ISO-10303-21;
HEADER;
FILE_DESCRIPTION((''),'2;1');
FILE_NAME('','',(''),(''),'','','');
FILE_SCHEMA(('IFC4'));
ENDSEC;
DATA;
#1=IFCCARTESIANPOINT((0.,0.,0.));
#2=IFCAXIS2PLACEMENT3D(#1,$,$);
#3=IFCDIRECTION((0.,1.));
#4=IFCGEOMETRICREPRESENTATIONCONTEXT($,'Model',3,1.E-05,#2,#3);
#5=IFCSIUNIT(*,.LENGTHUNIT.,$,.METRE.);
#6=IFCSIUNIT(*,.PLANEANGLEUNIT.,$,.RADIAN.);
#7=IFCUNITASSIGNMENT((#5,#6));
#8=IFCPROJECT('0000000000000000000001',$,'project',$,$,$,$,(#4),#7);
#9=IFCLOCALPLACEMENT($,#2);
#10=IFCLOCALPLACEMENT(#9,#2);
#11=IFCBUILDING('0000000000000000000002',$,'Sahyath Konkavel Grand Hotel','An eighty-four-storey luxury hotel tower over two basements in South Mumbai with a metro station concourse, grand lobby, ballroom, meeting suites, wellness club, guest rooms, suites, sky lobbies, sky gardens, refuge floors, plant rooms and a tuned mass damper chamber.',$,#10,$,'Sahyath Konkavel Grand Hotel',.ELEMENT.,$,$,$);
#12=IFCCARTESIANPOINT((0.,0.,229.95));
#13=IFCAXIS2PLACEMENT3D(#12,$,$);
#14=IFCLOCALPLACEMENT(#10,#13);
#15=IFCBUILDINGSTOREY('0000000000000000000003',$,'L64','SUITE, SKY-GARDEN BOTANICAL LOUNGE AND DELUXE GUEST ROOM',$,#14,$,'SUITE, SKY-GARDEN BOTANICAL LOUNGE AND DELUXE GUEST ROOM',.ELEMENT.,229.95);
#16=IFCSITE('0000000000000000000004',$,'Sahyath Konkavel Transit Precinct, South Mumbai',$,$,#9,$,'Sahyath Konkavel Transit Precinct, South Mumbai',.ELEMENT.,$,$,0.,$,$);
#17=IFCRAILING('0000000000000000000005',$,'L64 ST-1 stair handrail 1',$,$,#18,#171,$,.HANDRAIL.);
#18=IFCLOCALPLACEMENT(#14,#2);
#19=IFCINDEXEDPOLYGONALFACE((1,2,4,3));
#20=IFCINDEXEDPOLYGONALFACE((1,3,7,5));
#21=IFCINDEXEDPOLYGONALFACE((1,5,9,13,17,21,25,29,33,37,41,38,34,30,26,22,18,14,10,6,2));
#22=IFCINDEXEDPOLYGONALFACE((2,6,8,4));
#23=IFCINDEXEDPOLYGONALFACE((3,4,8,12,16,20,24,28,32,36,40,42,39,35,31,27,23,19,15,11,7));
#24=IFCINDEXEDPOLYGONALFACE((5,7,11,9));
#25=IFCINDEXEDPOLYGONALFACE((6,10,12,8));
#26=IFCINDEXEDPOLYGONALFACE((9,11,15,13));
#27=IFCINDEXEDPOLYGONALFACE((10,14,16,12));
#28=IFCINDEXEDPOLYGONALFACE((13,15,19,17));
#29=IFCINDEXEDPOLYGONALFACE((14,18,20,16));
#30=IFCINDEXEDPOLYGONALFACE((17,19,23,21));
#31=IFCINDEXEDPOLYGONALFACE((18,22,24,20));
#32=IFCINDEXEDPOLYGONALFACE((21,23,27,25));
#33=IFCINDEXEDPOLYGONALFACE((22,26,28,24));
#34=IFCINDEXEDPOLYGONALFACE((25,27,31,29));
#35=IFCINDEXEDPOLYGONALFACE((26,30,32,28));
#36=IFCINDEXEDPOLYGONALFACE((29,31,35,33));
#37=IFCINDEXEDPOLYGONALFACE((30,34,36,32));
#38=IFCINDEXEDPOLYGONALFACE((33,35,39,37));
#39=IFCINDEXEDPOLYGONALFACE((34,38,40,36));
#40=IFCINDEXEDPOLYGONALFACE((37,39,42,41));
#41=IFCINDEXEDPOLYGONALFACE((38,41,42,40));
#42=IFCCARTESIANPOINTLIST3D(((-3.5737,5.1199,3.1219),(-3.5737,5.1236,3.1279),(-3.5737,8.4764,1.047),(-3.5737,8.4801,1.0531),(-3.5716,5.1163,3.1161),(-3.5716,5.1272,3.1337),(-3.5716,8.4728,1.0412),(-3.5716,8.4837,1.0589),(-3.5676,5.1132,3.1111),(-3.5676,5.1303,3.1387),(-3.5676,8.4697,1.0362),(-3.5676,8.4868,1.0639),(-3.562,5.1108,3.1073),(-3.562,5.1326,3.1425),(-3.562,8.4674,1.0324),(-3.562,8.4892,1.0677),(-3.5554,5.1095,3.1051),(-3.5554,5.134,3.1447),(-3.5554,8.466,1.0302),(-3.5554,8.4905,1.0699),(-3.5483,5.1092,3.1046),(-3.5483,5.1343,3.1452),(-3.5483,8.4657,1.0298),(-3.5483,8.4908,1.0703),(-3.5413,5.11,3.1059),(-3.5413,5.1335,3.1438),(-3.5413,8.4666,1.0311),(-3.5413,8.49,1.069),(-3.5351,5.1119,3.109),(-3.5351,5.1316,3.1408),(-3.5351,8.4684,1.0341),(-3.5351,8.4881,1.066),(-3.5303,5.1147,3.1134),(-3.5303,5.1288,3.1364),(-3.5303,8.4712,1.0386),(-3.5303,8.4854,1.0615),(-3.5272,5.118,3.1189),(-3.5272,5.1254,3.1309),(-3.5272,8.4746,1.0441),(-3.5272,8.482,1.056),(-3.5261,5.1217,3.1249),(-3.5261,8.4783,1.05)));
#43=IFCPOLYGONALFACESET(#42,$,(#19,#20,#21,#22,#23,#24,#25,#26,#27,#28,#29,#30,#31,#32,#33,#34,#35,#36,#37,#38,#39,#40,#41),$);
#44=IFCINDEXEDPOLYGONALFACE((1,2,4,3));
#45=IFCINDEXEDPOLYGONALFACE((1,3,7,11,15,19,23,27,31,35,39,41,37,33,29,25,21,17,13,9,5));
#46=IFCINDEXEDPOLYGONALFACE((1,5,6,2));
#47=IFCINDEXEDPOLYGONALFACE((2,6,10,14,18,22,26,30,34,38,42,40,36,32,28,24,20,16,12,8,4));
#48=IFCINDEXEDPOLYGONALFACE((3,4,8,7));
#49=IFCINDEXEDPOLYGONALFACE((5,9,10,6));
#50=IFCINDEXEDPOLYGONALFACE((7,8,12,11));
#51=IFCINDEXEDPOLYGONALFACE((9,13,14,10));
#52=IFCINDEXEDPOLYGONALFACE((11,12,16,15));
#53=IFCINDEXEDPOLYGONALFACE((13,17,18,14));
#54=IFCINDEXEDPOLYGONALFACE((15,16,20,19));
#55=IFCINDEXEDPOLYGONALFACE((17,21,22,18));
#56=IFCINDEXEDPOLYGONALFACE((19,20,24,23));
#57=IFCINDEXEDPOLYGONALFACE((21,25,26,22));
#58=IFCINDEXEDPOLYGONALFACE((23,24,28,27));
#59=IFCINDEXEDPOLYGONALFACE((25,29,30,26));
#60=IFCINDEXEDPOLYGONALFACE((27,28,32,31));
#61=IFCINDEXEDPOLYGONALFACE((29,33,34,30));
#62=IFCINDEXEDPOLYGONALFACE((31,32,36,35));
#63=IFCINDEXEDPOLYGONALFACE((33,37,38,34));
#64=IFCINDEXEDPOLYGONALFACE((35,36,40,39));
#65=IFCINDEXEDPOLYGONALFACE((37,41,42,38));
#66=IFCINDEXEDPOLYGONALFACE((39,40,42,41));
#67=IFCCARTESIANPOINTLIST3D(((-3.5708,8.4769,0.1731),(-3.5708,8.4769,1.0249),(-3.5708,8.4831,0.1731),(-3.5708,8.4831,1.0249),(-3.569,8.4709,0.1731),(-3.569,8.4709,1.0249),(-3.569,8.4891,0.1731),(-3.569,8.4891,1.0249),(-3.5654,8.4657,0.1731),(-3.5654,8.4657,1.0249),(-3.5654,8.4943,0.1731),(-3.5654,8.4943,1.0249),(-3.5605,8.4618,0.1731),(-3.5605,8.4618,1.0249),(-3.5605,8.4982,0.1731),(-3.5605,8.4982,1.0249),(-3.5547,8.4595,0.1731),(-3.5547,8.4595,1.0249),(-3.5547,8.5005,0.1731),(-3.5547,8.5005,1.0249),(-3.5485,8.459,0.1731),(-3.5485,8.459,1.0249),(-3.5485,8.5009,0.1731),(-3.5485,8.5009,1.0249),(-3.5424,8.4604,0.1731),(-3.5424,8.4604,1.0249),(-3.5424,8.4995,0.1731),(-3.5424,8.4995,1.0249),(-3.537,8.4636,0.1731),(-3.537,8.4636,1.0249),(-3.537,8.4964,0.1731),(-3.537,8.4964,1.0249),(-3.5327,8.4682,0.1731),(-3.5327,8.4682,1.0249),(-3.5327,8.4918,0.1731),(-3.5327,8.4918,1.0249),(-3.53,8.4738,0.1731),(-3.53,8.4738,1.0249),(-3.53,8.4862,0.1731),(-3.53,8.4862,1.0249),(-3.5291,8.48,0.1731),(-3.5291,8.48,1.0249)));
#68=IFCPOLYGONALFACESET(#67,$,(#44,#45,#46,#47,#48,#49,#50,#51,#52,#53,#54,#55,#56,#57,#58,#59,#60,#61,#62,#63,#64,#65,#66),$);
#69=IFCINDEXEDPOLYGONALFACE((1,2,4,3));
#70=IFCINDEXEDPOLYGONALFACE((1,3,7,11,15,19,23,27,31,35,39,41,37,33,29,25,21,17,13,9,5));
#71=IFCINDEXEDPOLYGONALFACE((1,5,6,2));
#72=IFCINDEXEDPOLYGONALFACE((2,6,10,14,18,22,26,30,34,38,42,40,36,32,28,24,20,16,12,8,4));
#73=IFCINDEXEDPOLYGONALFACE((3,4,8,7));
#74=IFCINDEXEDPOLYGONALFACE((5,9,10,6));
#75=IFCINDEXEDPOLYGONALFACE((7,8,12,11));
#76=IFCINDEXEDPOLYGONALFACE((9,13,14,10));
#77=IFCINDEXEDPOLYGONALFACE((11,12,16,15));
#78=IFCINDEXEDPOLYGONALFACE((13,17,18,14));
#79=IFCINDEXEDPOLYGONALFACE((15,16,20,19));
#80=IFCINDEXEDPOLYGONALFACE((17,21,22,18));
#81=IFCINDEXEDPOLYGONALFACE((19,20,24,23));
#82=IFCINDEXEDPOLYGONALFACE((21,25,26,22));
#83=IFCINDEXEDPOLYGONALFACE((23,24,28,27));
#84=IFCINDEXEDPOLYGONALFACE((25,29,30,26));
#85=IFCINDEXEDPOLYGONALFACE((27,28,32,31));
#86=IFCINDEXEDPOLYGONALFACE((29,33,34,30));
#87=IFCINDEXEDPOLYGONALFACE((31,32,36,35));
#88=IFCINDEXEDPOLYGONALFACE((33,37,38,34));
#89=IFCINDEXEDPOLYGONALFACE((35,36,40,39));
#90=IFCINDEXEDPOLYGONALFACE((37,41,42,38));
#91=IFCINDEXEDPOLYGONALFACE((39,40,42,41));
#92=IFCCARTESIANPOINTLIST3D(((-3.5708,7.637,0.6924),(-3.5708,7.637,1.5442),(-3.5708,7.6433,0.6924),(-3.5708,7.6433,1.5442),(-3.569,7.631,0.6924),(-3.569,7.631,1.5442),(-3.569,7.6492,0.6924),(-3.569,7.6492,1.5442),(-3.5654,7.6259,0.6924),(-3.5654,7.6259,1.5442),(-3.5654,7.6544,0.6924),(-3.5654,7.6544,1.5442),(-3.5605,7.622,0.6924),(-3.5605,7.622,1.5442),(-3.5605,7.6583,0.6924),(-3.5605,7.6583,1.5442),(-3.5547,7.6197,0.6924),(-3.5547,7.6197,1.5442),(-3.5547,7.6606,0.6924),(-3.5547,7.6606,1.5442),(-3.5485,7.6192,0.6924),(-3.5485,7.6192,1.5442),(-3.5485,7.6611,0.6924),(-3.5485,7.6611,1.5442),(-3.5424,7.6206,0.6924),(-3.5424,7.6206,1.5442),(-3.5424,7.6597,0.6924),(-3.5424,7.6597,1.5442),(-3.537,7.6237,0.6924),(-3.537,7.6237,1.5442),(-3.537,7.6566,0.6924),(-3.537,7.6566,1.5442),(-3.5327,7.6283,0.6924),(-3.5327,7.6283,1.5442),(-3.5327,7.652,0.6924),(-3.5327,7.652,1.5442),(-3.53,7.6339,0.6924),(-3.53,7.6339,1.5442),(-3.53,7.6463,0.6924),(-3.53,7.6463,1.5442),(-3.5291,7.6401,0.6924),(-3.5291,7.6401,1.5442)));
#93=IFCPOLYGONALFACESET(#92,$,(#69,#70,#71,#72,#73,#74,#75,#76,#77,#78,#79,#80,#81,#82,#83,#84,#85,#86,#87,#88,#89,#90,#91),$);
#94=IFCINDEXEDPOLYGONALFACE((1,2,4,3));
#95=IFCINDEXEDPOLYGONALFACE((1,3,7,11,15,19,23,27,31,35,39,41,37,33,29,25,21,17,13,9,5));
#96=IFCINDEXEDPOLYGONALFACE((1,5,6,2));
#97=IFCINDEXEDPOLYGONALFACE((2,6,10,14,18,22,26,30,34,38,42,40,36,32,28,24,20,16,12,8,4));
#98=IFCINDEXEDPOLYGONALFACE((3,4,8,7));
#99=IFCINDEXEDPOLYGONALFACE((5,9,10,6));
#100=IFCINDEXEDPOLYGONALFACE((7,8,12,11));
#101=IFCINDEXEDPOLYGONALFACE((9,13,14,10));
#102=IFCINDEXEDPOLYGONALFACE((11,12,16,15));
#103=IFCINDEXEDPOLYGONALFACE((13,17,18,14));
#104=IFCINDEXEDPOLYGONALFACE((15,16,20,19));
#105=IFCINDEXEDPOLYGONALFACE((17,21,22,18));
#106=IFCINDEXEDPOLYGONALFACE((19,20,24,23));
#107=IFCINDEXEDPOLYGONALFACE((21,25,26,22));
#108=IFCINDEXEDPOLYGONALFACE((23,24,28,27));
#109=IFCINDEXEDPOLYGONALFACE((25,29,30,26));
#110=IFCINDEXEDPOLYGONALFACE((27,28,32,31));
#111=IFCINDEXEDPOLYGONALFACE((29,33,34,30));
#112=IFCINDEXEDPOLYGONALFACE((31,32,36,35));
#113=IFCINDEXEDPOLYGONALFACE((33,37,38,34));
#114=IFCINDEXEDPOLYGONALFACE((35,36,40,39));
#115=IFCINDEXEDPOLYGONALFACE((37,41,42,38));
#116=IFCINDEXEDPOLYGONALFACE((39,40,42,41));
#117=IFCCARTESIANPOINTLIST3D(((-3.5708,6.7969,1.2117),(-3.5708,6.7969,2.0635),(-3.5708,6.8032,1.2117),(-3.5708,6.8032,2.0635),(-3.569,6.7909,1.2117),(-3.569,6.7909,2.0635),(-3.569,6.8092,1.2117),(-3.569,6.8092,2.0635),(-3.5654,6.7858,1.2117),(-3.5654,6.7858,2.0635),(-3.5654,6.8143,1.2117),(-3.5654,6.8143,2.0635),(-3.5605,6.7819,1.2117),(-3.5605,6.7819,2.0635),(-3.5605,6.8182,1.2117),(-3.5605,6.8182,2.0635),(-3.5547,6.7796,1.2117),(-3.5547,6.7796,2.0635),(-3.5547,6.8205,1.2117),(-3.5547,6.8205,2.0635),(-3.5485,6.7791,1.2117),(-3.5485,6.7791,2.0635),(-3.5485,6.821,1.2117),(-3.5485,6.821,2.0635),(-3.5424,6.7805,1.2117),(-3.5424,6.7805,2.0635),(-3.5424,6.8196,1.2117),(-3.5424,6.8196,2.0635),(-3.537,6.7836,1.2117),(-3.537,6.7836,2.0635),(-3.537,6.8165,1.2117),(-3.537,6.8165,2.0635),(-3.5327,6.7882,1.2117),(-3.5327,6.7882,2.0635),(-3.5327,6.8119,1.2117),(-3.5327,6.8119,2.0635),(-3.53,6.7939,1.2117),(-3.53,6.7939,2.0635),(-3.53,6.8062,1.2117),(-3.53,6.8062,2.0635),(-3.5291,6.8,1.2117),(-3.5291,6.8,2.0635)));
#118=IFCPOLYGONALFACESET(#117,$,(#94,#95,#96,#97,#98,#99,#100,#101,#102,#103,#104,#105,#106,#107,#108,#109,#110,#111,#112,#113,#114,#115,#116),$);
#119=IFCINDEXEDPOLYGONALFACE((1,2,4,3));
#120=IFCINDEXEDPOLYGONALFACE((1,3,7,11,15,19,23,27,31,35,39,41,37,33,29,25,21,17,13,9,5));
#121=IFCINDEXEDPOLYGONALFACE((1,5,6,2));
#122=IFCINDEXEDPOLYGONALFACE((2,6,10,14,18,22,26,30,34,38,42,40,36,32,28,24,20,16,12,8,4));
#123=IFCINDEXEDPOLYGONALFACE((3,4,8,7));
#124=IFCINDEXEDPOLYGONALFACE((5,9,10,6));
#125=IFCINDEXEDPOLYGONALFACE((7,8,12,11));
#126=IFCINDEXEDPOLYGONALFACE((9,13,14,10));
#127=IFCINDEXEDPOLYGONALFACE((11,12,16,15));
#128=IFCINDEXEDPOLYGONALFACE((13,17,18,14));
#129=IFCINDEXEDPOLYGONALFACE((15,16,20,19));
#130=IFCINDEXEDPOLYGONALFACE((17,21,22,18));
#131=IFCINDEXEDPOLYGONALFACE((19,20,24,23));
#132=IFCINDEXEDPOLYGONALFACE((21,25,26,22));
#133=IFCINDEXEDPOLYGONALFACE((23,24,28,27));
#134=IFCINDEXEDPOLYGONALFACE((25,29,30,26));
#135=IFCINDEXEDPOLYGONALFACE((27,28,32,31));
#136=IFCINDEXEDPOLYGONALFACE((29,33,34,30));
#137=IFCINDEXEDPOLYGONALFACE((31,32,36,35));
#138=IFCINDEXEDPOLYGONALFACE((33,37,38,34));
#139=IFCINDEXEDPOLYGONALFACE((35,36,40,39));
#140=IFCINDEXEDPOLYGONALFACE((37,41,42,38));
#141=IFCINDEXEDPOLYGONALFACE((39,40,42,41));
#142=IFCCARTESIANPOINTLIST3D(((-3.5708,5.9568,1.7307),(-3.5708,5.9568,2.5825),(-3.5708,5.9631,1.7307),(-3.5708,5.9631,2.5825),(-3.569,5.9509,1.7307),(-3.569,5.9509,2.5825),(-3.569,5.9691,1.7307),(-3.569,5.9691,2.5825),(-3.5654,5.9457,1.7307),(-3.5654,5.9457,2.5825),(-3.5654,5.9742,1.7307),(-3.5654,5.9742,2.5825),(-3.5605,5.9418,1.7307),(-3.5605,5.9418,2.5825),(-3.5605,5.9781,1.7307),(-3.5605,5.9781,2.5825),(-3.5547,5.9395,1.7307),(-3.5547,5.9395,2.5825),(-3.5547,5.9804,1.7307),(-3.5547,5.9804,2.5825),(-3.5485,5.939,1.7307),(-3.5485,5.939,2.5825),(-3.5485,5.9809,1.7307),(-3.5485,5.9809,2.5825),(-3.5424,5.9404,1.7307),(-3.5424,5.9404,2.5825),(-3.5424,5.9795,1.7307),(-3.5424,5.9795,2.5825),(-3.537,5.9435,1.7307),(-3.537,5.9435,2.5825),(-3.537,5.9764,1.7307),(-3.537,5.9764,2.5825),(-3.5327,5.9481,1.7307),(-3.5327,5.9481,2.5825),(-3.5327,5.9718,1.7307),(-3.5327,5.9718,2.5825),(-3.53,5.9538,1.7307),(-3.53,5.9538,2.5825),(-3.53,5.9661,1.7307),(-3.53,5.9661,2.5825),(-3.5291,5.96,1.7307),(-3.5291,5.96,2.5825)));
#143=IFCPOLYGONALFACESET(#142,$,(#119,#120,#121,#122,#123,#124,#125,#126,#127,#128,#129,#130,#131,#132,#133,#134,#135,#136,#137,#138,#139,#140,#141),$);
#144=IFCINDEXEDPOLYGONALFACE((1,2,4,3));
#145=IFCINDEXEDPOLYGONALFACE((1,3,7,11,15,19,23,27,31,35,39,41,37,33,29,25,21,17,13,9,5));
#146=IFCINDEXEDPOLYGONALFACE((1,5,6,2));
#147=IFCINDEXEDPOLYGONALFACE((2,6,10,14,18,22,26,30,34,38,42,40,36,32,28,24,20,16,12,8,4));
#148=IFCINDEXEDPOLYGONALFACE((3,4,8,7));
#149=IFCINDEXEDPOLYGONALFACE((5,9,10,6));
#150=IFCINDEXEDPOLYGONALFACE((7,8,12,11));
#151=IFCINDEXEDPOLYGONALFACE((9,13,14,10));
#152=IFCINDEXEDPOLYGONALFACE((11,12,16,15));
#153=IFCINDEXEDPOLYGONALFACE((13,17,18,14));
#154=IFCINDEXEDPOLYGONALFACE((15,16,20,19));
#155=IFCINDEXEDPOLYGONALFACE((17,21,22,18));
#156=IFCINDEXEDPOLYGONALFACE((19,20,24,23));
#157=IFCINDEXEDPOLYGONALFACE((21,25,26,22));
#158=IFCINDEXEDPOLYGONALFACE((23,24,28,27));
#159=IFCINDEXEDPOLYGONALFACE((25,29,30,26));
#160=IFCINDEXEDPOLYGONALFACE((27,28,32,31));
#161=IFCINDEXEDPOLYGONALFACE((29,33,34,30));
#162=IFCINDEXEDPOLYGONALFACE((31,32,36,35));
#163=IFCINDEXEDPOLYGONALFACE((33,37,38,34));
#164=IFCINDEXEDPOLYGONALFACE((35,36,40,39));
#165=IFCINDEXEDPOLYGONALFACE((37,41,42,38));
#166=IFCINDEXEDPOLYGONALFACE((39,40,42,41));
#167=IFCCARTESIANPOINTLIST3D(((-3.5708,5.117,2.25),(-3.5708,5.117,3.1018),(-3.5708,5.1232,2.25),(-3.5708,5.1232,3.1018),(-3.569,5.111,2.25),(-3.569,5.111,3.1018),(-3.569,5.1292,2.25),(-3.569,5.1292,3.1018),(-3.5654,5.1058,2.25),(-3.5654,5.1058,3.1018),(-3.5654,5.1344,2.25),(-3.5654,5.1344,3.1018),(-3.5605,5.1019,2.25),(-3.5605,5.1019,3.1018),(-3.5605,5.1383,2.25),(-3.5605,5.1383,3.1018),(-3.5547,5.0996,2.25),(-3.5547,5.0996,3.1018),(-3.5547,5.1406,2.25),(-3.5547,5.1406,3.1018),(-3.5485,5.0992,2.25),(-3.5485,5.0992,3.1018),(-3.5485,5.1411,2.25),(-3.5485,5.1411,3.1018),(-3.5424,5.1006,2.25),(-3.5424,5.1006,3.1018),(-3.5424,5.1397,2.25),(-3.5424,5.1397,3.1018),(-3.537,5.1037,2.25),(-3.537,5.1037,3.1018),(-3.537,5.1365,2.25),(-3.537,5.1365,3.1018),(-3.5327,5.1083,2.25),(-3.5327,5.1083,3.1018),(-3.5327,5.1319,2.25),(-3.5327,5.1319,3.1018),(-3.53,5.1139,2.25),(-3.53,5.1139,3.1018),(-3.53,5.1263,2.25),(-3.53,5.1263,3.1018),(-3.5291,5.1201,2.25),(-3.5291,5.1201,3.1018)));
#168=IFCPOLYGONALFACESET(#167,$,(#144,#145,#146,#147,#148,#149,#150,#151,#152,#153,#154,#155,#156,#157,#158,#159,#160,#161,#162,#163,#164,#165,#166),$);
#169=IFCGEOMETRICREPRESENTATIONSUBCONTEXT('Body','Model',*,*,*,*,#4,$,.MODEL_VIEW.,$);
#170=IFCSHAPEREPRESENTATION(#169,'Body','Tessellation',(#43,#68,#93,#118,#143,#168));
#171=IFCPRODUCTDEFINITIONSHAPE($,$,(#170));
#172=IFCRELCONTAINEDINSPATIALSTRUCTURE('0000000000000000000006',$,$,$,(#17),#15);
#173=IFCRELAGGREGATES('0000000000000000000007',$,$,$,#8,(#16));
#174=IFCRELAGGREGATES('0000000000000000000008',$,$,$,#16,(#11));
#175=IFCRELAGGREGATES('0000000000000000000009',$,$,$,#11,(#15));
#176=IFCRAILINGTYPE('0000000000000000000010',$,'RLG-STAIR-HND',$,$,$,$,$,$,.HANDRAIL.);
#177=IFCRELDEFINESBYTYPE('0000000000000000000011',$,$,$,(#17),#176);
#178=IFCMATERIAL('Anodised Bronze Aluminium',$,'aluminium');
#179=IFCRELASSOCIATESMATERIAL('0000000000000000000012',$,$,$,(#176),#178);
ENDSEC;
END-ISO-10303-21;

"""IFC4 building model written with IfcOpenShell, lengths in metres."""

from ifc_helpers import new_model, si_unit, direction, frame, origin, origin_2d, place, context, subcontext, project, spatial, circle, extrude, material, type_object, element, save


model = new_model("IFC4")

# Units and contexts
model_context = context("Model", 3, precision=1e-05, world=origin(), true_north=direction((0.0, 1.0)))
body_context = subcontext(model_context, "Body", "Model", "MODEL_VIEW")
ifc_project = project(units=[si_unit("LENGTHUNIT", "METRE"), si_unit("PLANEANGLEUNIT", "RADIAN")], contexts=[model_context])

# Site, building, storey
site_placement = place(None, origin())
site = spatial("IfcSite", under=ifc_project, at=site_placement, Name="Sahyath Konkavel Transit Precinct, South Mumbai", LongName="Sahyath Konkavel Transit Precinct, South Mumbai", CompositionType="ELEMENT", RefElevation=0.0)
building_placement = place(site_placement, origin())
building = spatial("IfcBuilding", under=site, at=building_placement, Name="Sahyath Konkavel Grand Hotel", Description="An eighty-four-storey luxury hotel tower over two basements in South Mumbai with a metro station concourse, grand lobby, ballroom, meeting suites, wellness club, guest rooms, suites, sky lobbies, sky gardens, refuge floors, plant rooms and a tuned mass damper chamber.", LongName="Sahyath Konkavel Grand Hotel", CompositionType="ELEMENT")
storey_placement = place(building_placement, frame((0.0, 0.0, 229.95)))
storey = spatial("IfcBuildingStorey", under=building, at=storey_placement, Name="L64", Description="SUITE, SKY-GARDEN BOTANICAL LOUNGE AND DELUXE GUEST ROOM", LongName="SUITE, SKY-GARDEN BOTANICAL LOUNGE AND DELUXE GUEST ROOM", CompositionType="ELEMENT", Elevation=229.95)

# Shared definitions
ifc_material_1 = material(Name="Anodised Bronze Aluminium", Category="aluminium")

# Railing
railing_type_1 = type_object("IfcRailingType", Name="RLG-STAIR-HND", PredefinedType="HANDRAIL", material=ifc_material_1)
railing_1_placement = place(storey_placement, frame((-3.55, 8.48, 0.1731)))
element("IfcRailing", 1, at=railing_1_placement, inside=storey, type_object=railing_type_1, Name="L64 ST-1 stair handrail 1", PredefinedType="HANDRAIL", context=body_context, shape_type="SweptSolid", body=[
    extrude(circle(Radius=0.0239, at=origin_2d()), frame((0.0, -0.0017, 0.877), z_axis=(0.0, -0.850606, 0.525803), x_axis=(1.0, 0.0, 0.0)), (0.0, 0.0, 1.0), 3.946),
    extrude(circle(Radius=0.021, at=origin_2d()), origin(), (0.0, 0.0, 1.0), 0.8518),
    extrude(circle(Radius=0.021, at=origin_2d()), frame((0.0, -0.8398, 0.5193)), (0.0, 0.0, 1.0), 0.8518),
    extrude(circle(Radius=0.021, at=origin_2d()), frame((0.0, -1.6799, 1.0386)), (0.0, 0.0, 1.0), 0.8518),
    extrude(circle(Radius=0.021, at=origin_2d()), frame((0.0, -2.52, 1.5576)), (0.0, 0.0, 1.0), 0.8518),
    extrude(circle(Radius=0.021, at=origin_2d()), frame((0.0, -3.3599, 2.0769)), (0.0, 0.0, 1.0), 0.8518),
])

save(model, "model.ifc")
